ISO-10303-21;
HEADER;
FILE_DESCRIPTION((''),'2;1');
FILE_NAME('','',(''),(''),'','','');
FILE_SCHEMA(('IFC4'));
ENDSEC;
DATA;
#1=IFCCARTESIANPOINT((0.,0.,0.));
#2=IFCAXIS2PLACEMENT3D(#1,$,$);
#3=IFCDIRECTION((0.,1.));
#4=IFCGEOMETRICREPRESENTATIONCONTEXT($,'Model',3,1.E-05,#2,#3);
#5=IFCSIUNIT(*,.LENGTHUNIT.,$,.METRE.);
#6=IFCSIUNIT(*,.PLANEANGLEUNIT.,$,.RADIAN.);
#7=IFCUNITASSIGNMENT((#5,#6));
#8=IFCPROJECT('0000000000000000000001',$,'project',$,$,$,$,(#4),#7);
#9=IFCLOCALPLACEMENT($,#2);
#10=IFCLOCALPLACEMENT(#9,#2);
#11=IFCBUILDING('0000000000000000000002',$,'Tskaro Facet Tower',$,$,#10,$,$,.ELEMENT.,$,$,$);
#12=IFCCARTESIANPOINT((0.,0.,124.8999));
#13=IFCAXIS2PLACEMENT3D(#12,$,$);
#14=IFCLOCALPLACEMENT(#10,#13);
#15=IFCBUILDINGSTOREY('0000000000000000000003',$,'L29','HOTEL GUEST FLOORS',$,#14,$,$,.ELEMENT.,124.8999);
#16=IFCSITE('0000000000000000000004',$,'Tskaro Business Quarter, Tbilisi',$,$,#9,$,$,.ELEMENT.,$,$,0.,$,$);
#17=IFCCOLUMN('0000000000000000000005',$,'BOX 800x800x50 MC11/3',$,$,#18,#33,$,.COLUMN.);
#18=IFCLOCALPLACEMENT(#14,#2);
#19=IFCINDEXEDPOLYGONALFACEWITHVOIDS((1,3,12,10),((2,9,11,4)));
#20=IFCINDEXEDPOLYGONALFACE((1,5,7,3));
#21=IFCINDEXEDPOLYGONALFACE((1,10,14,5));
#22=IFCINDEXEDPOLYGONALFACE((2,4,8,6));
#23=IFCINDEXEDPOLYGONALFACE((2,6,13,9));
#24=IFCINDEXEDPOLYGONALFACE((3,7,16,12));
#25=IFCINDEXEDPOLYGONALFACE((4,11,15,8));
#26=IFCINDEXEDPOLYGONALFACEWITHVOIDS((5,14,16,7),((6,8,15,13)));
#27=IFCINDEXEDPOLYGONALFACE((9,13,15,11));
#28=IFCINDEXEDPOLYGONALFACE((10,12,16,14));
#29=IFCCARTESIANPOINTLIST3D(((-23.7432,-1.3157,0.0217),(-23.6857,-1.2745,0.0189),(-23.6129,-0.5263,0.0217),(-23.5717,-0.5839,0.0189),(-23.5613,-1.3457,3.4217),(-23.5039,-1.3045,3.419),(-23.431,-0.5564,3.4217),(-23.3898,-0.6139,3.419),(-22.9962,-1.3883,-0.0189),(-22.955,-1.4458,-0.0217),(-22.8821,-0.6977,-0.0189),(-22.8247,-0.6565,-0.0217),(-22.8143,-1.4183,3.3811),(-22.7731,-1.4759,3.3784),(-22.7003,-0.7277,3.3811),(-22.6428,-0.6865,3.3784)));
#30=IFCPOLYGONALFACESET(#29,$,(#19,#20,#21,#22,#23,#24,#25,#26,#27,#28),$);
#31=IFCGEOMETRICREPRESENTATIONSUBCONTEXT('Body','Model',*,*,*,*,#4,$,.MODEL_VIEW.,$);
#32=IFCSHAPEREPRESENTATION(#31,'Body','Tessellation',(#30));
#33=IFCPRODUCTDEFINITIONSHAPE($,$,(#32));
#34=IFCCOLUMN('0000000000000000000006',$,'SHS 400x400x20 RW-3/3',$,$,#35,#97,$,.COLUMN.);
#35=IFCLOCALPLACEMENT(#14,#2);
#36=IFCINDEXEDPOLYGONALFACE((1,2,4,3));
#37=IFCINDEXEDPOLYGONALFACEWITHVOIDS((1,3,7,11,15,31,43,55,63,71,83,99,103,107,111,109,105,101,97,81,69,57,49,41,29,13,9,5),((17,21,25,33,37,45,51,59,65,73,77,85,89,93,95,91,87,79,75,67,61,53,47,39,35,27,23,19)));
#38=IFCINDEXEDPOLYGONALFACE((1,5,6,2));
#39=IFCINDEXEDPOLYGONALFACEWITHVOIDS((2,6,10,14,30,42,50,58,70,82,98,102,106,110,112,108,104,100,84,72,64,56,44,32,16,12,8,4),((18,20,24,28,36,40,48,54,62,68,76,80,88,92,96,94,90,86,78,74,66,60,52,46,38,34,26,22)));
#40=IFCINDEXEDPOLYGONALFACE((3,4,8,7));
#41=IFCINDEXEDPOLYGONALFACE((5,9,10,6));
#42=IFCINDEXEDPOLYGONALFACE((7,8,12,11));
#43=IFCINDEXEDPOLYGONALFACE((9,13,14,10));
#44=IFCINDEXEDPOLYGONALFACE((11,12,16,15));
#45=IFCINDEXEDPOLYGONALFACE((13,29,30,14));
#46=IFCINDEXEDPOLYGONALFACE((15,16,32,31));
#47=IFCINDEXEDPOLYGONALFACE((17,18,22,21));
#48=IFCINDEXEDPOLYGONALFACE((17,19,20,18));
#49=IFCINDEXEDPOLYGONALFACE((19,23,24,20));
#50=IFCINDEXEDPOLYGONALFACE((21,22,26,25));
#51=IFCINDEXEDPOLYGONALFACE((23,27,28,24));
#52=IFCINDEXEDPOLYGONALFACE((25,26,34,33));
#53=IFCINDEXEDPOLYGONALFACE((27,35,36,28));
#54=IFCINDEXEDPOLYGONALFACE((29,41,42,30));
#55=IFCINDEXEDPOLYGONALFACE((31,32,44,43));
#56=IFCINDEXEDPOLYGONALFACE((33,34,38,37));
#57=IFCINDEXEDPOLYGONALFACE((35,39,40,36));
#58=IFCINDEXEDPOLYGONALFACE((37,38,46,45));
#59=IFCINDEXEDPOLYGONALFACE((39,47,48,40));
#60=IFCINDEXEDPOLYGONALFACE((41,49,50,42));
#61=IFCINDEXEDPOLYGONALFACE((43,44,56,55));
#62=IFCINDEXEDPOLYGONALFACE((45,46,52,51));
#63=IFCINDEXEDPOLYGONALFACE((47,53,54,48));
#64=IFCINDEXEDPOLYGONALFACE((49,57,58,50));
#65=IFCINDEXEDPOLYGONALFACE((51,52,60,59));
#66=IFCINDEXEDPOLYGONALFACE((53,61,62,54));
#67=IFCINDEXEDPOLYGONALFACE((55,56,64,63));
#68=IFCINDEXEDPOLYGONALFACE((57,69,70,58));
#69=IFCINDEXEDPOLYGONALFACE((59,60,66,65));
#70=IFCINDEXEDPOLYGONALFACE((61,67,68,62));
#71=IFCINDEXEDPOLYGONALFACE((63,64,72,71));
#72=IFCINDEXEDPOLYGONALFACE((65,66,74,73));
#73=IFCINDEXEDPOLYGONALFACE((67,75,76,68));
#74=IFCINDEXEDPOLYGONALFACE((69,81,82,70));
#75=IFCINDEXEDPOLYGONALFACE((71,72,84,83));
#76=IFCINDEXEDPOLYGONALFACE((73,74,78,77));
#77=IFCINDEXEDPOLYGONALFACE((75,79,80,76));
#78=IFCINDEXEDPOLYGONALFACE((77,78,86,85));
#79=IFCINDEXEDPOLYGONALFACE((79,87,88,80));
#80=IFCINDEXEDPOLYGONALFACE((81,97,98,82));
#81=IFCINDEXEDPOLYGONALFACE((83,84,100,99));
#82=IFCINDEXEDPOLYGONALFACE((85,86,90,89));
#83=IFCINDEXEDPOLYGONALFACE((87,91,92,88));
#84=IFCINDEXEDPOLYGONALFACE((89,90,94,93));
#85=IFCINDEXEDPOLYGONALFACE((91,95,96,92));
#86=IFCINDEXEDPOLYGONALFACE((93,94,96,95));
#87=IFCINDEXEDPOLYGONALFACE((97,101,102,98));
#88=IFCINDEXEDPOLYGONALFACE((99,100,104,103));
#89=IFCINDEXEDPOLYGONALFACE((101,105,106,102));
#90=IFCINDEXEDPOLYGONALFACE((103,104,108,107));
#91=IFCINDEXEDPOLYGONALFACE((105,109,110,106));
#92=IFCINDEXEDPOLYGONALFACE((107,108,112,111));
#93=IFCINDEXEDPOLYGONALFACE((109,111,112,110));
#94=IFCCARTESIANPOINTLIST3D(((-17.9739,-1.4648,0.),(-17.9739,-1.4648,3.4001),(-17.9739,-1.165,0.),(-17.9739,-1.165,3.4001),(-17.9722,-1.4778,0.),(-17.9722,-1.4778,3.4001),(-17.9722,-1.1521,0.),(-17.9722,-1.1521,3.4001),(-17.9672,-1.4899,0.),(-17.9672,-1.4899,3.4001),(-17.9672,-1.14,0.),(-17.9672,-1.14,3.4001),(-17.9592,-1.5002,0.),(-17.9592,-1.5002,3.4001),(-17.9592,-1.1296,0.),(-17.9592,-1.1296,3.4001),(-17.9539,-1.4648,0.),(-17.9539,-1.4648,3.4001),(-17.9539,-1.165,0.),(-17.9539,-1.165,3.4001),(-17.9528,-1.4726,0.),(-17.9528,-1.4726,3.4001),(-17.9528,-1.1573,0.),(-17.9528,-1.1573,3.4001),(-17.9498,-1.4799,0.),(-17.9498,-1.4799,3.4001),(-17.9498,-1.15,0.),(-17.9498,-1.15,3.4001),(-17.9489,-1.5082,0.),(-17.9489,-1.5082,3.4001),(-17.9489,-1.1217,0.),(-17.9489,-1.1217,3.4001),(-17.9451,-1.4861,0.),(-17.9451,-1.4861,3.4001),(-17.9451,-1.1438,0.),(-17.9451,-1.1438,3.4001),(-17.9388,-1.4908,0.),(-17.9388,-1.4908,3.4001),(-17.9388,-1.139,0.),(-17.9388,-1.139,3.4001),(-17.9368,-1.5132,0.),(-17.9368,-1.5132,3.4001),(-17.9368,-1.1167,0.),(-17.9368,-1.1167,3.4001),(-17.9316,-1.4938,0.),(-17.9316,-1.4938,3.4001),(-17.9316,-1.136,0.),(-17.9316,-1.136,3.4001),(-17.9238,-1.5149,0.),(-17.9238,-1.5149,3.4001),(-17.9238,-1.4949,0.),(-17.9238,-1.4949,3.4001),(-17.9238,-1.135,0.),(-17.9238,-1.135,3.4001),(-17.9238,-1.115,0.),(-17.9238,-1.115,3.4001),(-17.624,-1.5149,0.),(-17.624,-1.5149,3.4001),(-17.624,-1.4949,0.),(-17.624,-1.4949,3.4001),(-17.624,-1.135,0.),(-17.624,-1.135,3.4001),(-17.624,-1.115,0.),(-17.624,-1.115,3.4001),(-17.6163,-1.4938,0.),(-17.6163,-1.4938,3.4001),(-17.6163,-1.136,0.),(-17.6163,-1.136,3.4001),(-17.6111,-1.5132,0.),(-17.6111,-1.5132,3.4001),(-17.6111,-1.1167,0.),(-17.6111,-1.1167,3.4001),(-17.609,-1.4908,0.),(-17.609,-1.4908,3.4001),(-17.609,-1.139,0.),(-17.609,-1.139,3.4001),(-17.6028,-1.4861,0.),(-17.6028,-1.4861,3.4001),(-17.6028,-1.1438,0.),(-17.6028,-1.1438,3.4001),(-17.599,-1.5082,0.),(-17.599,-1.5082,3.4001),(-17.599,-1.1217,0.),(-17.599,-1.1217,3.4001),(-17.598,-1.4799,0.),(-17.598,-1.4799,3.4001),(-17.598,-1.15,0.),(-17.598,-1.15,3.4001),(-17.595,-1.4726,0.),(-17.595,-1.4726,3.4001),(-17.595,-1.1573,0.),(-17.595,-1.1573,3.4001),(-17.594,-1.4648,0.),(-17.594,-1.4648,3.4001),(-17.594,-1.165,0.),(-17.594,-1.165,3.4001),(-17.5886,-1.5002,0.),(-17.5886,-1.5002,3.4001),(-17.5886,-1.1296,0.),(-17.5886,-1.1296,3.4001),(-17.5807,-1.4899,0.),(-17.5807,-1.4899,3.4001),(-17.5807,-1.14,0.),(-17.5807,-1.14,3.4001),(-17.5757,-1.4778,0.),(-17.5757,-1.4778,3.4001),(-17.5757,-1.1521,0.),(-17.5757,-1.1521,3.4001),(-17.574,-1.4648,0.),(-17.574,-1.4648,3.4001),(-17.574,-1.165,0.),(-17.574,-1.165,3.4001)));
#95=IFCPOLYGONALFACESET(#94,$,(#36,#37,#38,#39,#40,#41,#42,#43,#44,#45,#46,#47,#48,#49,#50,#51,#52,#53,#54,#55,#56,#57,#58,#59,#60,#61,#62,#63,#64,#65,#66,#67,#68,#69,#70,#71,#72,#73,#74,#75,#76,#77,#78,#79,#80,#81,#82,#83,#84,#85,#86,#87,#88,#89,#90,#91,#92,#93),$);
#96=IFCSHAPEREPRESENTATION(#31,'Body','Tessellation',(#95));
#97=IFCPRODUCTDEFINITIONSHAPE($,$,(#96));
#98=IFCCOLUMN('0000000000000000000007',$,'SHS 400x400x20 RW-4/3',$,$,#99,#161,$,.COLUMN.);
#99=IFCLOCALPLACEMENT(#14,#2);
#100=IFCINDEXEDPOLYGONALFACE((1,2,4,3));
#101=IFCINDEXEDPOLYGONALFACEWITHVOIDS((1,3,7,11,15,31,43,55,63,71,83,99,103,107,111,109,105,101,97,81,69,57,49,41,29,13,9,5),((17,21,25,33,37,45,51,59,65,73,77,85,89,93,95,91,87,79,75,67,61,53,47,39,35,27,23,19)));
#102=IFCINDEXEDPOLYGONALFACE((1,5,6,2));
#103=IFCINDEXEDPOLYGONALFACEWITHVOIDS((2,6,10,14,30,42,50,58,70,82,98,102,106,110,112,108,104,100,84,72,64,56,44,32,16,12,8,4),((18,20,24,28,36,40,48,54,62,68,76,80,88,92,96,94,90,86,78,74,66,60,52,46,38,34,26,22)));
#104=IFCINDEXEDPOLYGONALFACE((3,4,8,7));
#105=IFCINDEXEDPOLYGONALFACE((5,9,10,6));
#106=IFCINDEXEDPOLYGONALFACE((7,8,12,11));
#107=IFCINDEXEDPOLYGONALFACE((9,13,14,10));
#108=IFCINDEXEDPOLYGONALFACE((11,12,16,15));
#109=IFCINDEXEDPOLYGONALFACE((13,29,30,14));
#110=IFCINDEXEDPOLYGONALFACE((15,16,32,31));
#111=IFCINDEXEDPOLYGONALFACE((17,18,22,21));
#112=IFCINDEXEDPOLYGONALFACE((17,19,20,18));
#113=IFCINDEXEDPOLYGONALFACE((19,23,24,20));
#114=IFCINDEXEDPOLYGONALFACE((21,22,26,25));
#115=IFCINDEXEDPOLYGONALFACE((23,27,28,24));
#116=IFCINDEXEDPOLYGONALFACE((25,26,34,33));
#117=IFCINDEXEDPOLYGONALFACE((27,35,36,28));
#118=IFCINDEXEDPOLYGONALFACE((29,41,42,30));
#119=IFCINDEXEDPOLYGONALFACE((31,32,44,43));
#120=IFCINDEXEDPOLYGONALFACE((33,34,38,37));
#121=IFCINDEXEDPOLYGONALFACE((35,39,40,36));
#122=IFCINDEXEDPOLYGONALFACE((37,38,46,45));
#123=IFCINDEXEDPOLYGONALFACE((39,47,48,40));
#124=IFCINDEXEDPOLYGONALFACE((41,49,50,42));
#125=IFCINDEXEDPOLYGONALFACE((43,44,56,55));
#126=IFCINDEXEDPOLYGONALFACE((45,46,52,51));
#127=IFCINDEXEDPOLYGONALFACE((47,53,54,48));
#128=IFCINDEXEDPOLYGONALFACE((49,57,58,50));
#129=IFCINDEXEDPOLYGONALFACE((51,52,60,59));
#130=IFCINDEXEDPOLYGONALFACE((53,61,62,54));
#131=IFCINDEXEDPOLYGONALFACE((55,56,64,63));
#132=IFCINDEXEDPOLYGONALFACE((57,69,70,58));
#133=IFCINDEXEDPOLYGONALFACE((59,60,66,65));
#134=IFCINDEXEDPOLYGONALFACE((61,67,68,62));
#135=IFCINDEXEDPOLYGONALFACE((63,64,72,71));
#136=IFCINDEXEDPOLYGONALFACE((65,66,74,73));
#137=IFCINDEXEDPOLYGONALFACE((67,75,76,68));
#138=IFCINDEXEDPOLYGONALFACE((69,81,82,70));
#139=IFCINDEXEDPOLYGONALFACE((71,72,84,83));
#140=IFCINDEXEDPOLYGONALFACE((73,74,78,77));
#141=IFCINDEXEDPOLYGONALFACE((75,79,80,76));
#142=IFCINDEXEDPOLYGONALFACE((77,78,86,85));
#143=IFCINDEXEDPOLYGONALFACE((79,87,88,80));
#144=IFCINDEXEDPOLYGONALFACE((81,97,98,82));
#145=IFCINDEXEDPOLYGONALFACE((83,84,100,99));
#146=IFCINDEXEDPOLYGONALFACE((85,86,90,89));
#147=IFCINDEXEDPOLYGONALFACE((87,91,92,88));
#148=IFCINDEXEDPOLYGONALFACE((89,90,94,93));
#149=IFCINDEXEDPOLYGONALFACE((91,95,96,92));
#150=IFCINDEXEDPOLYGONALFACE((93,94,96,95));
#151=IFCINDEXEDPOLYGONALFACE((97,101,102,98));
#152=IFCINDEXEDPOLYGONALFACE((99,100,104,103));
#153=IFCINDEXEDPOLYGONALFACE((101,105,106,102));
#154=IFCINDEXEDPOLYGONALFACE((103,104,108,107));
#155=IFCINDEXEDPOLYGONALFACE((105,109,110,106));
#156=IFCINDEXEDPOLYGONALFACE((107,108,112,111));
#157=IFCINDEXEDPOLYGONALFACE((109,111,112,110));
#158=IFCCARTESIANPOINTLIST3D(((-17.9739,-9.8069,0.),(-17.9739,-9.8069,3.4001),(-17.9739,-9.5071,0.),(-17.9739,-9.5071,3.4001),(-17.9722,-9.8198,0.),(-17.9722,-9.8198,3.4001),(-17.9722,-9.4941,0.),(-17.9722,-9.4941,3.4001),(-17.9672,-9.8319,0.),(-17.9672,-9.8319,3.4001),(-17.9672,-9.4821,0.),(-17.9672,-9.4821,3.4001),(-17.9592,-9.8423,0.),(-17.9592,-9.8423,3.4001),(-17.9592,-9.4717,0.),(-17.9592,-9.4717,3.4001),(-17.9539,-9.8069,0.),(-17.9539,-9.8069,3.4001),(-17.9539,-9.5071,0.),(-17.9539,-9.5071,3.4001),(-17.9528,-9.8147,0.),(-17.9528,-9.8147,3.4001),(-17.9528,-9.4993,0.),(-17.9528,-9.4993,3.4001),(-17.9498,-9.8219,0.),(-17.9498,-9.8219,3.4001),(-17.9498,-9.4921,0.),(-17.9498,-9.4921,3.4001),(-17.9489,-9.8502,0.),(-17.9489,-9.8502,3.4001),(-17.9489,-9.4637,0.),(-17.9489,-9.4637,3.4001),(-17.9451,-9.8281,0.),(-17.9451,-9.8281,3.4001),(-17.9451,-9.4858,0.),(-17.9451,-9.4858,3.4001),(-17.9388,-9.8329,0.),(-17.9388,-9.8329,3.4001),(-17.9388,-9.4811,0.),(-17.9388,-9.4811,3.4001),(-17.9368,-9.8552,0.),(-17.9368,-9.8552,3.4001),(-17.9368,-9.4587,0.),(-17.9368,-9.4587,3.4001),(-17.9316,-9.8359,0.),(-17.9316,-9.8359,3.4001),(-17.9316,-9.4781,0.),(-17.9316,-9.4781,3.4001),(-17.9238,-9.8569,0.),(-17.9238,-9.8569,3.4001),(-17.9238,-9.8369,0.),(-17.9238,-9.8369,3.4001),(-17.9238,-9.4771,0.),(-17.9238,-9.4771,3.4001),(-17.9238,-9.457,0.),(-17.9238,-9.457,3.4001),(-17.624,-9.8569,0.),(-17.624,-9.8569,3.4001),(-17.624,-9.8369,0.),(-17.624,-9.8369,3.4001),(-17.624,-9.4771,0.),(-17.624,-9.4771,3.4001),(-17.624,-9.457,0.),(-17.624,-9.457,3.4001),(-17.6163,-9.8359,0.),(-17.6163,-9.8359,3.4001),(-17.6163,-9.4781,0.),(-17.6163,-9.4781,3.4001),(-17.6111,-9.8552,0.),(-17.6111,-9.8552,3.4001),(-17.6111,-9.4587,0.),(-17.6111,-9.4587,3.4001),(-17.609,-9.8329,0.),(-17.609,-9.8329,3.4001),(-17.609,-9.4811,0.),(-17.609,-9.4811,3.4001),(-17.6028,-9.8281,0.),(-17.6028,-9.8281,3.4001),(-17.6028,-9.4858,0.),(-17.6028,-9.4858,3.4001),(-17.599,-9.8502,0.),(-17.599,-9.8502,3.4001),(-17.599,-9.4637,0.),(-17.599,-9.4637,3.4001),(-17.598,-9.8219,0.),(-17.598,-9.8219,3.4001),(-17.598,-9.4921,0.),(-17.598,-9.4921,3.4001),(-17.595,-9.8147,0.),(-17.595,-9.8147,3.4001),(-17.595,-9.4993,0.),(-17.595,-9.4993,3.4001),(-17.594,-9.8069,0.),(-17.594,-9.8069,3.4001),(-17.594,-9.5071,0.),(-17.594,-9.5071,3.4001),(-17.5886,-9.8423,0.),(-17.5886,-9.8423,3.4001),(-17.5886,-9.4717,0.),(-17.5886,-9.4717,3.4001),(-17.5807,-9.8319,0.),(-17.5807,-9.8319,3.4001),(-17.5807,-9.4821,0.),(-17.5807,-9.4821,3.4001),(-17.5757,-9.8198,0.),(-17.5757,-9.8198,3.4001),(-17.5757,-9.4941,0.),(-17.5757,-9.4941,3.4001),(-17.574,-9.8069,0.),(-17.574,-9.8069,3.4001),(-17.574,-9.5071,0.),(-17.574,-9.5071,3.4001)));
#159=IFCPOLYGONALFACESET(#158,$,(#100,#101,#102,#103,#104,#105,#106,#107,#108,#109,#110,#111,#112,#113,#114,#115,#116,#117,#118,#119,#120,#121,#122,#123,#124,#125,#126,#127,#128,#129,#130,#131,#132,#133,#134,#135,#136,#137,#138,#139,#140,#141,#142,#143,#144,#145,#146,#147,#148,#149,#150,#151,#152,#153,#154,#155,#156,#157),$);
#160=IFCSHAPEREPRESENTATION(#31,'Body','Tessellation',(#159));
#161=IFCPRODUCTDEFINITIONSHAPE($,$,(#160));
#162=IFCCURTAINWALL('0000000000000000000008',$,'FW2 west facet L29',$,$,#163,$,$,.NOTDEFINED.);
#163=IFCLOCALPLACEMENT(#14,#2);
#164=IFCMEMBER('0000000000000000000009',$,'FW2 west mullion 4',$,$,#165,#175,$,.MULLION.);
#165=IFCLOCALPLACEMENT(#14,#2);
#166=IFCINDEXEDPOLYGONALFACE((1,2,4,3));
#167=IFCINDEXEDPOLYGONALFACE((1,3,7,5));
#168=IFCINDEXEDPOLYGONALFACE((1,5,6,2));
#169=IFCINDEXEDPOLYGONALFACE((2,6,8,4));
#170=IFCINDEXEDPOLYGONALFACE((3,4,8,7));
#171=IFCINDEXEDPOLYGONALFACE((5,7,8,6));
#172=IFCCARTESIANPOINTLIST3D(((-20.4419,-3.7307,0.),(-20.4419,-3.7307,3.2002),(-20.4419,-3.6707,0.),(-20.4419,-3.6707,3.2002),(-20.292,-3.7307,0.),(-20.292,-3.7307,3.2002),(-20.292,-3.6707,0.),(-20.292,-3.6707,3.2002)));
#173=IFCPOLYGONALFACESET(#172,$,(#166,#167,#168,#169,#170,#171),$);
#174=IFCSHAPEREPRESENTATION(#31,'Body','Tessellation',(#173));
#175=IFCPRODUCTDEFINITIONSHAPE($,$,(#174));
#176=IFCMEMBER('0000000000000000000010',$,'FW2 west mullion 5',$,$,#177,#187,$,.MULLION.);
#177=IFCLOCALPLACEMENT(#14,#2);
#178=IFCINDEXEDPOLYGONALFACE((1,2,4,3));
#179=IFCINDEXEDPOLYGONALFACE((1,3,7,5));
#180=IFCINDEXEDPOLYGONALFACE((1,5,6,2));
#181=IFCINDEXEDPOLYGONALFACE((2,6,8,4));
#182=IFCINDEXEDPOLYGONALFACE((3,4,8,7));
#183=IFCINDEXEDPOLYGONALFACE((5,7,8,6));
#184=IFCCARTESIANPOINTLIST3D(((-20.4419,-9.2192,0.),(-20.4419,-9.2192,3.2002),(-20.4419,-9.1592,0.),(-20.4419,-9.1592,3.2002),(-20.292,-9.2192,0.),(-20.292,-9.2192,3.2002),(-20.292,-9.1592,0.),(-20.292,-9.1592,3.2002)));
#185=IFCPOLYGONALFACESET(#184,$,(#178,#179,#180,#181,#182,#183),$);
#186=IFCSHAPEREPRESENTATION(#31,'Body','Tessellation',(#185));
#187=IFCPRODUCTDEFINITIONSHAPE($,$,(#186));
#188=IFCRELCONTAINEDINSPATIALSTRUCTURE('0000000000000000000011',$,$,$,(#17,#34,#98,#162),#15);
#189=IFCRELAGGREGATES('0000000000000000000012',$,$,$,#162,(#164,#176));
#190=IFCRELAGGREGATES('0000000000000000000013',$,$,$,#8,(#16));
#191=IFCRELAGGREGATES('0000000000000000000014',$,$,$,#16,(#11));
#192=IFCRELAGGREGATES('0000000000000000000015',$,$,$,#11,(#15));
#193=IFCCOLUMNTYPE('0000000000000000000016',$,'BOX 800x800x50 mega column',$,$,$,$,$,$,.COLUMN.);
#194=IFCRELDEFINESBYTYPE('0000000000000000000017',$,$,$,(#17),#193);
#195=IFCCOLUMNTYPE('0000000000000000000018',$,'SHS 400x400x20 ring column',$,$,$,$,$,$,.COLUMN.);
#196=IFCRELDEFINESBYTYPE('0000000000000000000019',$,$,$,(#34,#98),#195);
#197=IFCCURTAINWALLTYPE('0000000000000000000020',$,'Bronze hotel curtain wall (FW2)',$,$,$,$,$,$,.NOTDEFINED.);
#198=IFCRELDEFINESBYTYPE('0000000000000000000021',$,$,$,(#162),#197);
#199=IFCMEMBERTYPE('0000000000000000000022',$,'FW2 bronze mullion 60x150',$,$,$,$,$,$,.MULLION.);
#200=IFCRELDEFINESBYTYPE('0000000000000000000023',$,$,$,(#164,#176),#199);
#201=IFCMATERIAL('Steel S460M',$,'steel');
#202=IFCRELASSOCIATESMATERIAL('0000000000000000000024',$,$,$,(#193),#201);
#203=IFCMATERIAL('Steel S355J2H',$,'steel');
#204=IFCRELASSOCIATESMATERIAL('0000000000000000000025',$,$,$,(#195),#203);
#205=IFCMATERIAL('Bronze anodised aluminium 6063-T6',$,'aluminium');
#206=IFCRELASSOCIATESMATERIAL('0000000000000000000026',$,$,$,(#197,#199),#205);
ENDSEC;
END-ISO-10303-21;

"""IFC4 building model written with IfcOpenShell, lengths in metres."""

from ifc_helpers import new_model, si_unit, direction, frame, origin, origin_2d, place, context, subcontext, project, spatial, rectangle, hollow_rectangle, extrude, material, material_profile, profile_set, type_object, element, aggregate, save


model = new_model("IFC4")

# Units and contexts
model_context = context("Model", 3, precision=1e-05, world=origin(), true_north=direction((0.0, 1.0)))
body_context = subcontext(model_context, "Body", "Model", "MODEL_VIEW")
ifc_project = project(units=[si_unit("LENGTHUNIT", "METRE"), si_unit("PLANEANGLEUNIT", "RADIAN")], contexts=[model_context])

# Site, building, storey
site_placement = place(None, origin())
site = spatial("IfcSite", under=ifc_project, at=site_placement, Name="Tskaro Business Quarter, Tbilisi", CompositionType="ELEMENT", RefElevation=0.0)
building_placement = place(site_placement, origin())
building = spatial("IfcBuilding", under=site, at=building_placement, Name="Tskaro Facet Tower", CompositionType="ELEMENT")
storey_placement = place(building_placement, frame((0.0, 0.0, 124.8999)))
storey = spatial("IfcBuildingStorey", under=building, at=storey_placement, Name="L29", Description="HOTEL GUEST FLOORS", CompositionType="ELEMENT", Elevation=124.8999)

# Columns
ifc_material_1 = material(Name="Steel S460M", Category="steel")
ifc_material_profile_1 = material_profile(ifc_material_1, hollow_rectangle(XDim=0.8, YDim=0.8, WallThickness=0.05, at=origin_2d()), Name="BOX 800x800x50")
ifc_profile_set_1 = profile_set([ifc_material_profile_1], Name="Steel S460M")
column_type_1 = type_object("IfcColumnType", Name="BOX 800x800x50 mega column", PredefinedType="COLUMN", material=ifc_profile_set_1)
column_placement = place(storey_placement, frame((-23.2839, -0.9861, 0.0), z_axis=(0.053415, -0.008819, 0.998533), x_axis=(0.162895, 0.986643, 0.0)))
element("IfcColumn", 1, at=column_placement, inside=storey, type_object=column_type_1, Name="BOX 800x800x50 MC11/3", PredefinedType="COLUMN", context=body_context, shape_type="SweptSolid", body=[
    extrude(hollow_rectangle(XDim=0.8, YDim=0.8, WallThickness=0.05, at=origin_2d()), origin(), (0.0, 0.0, 1.0), 3.405),
])
ifc_material_2 = material(Name="Steel S355J2H", Category="steel")
ifc_material_profile_2 = material_profile(ifc_material_2, hollow_rectangle(XDim=0.3999, YDim=0.3999, WallThickness=0.02, InnerFilletRadius=0.03, OuterFilletRadius=0.05, at=origin_2d()), Name="SHS 400x400x20")
ifc_profile_set_2 = profile_set([ifc_material_profile_2], Name="Steel S355J2H")
column_type_2 = type_object("IfcColumnType", Name="SHS 400x400x20 ring column", PredefinedType="COLUMN", material=ifc_profile_set_2)
for number, where, z_axis, x_axis, name in (
    (2, (-17.7739, -1.3149, 0.0), (0.0, 0.0, 1.0), (1.0, 0.0, 0.0), "SHS 400x400x20 RW-3/3"),
    (3, (-17.7739, -9.657, 0.0), (0.0, 0.0, 1.0), (1.0, 0.0, 0.0), "SHS 400x400x20 RW-4/3"),
):
    element("IfcColumn", number, at=place(storey_placement, frame(where, z_axis=z_axis, x_axis=x_axis)), inside=storey, type_object=column_type_2, Name=name, PredefinedType="COLUMN", context=body_context, shape_type="SweptSolid", body=[
        extrude(hollow_rectangle(XDim=0.3999, YDim=0.3999, WallThickness=0.02, InnerFilletRadius=0.03, OuterFilletRadius=0.05, at=origin_2d()), origin(), (0.0, 0.0, 1.0), 3.4001),
    ])

# Curtain wall, members
ifc_material_3 = material(Name="Bronze anodised aluminium 6063-T6", Category="aluminium")
curtain_wall_type = type_object("IfcCurtainWallType", Name="Bronze hotel curtain wall (FW2)", PredefinedType="NOTDEFINED", material=ifc_material_3)
curtain_wall_placement = place(storey_placement, origin())
curtain_wall = element("IfcCurtainWall", 4, at=curtain_wall_placement, inside=storey, type_object=curtain_wall_type, Name="FW2 west facet L29", PredefinedType="NOTDEFINED")
ifc_material_profile_3 = material_profile(ifc_material_3, rectangle(XDim=0.0601, YDim=0.1499, at=origin_2d()), Name="Mullion 60x150")
ifc_profile_set_3 = profile_set([ifc_material_profile_3], Name="Bronze anodised aluminium 6063-T6")
member_type_1 = type_object("IfcMemberType", Name="FW2 bronze mullion 60x150", PredefinedType="MULLION", material=ifc_profile_set_3)
member_1_placement = place(storey_placement, frame((-20.3669, -3.7007, 0.0), z_axis=(0.0, 0.0, 1.0), x_axis=(0.0, -1.0, 0.0)))
member_1 = element("IfcMember", 5, at=member_1_placement, type_object=member_type_1, Name="FW2 west mullion 4", PredefinedType="MULLION", context=body_context, shape_type="SweptSolid", body=[
    extrude(rectangle(XDim=0.0601, YDim=0.1499, at=origin_2d()), origin(), (0.0, 0.0, 1.0), 3.2002),
])
member_2_placement = place(storey_placement, frame((-20.3669, -9.1892, 0.0), z_axis=(0.0, 0.0, 1.0), x_axis=(0.0, -1.0, 0.0)))
member_2 = element("IfcMember", 6, at=member_2_placement, type_object=member_type_1, Name="FW2 west mullion 5", PredefinedType="MULLION", context=body_context, shape_type="SweptSolid", body=[
    extrude(rectangle(XDim=0.0601, YDim=0.1499, at=origin_2d()), origin(), (0.0, 0.0, 1.0), 3.2002),
])

aggregate(curtain_wall, [member_1, member_2])

save(model, "model.ifc")
